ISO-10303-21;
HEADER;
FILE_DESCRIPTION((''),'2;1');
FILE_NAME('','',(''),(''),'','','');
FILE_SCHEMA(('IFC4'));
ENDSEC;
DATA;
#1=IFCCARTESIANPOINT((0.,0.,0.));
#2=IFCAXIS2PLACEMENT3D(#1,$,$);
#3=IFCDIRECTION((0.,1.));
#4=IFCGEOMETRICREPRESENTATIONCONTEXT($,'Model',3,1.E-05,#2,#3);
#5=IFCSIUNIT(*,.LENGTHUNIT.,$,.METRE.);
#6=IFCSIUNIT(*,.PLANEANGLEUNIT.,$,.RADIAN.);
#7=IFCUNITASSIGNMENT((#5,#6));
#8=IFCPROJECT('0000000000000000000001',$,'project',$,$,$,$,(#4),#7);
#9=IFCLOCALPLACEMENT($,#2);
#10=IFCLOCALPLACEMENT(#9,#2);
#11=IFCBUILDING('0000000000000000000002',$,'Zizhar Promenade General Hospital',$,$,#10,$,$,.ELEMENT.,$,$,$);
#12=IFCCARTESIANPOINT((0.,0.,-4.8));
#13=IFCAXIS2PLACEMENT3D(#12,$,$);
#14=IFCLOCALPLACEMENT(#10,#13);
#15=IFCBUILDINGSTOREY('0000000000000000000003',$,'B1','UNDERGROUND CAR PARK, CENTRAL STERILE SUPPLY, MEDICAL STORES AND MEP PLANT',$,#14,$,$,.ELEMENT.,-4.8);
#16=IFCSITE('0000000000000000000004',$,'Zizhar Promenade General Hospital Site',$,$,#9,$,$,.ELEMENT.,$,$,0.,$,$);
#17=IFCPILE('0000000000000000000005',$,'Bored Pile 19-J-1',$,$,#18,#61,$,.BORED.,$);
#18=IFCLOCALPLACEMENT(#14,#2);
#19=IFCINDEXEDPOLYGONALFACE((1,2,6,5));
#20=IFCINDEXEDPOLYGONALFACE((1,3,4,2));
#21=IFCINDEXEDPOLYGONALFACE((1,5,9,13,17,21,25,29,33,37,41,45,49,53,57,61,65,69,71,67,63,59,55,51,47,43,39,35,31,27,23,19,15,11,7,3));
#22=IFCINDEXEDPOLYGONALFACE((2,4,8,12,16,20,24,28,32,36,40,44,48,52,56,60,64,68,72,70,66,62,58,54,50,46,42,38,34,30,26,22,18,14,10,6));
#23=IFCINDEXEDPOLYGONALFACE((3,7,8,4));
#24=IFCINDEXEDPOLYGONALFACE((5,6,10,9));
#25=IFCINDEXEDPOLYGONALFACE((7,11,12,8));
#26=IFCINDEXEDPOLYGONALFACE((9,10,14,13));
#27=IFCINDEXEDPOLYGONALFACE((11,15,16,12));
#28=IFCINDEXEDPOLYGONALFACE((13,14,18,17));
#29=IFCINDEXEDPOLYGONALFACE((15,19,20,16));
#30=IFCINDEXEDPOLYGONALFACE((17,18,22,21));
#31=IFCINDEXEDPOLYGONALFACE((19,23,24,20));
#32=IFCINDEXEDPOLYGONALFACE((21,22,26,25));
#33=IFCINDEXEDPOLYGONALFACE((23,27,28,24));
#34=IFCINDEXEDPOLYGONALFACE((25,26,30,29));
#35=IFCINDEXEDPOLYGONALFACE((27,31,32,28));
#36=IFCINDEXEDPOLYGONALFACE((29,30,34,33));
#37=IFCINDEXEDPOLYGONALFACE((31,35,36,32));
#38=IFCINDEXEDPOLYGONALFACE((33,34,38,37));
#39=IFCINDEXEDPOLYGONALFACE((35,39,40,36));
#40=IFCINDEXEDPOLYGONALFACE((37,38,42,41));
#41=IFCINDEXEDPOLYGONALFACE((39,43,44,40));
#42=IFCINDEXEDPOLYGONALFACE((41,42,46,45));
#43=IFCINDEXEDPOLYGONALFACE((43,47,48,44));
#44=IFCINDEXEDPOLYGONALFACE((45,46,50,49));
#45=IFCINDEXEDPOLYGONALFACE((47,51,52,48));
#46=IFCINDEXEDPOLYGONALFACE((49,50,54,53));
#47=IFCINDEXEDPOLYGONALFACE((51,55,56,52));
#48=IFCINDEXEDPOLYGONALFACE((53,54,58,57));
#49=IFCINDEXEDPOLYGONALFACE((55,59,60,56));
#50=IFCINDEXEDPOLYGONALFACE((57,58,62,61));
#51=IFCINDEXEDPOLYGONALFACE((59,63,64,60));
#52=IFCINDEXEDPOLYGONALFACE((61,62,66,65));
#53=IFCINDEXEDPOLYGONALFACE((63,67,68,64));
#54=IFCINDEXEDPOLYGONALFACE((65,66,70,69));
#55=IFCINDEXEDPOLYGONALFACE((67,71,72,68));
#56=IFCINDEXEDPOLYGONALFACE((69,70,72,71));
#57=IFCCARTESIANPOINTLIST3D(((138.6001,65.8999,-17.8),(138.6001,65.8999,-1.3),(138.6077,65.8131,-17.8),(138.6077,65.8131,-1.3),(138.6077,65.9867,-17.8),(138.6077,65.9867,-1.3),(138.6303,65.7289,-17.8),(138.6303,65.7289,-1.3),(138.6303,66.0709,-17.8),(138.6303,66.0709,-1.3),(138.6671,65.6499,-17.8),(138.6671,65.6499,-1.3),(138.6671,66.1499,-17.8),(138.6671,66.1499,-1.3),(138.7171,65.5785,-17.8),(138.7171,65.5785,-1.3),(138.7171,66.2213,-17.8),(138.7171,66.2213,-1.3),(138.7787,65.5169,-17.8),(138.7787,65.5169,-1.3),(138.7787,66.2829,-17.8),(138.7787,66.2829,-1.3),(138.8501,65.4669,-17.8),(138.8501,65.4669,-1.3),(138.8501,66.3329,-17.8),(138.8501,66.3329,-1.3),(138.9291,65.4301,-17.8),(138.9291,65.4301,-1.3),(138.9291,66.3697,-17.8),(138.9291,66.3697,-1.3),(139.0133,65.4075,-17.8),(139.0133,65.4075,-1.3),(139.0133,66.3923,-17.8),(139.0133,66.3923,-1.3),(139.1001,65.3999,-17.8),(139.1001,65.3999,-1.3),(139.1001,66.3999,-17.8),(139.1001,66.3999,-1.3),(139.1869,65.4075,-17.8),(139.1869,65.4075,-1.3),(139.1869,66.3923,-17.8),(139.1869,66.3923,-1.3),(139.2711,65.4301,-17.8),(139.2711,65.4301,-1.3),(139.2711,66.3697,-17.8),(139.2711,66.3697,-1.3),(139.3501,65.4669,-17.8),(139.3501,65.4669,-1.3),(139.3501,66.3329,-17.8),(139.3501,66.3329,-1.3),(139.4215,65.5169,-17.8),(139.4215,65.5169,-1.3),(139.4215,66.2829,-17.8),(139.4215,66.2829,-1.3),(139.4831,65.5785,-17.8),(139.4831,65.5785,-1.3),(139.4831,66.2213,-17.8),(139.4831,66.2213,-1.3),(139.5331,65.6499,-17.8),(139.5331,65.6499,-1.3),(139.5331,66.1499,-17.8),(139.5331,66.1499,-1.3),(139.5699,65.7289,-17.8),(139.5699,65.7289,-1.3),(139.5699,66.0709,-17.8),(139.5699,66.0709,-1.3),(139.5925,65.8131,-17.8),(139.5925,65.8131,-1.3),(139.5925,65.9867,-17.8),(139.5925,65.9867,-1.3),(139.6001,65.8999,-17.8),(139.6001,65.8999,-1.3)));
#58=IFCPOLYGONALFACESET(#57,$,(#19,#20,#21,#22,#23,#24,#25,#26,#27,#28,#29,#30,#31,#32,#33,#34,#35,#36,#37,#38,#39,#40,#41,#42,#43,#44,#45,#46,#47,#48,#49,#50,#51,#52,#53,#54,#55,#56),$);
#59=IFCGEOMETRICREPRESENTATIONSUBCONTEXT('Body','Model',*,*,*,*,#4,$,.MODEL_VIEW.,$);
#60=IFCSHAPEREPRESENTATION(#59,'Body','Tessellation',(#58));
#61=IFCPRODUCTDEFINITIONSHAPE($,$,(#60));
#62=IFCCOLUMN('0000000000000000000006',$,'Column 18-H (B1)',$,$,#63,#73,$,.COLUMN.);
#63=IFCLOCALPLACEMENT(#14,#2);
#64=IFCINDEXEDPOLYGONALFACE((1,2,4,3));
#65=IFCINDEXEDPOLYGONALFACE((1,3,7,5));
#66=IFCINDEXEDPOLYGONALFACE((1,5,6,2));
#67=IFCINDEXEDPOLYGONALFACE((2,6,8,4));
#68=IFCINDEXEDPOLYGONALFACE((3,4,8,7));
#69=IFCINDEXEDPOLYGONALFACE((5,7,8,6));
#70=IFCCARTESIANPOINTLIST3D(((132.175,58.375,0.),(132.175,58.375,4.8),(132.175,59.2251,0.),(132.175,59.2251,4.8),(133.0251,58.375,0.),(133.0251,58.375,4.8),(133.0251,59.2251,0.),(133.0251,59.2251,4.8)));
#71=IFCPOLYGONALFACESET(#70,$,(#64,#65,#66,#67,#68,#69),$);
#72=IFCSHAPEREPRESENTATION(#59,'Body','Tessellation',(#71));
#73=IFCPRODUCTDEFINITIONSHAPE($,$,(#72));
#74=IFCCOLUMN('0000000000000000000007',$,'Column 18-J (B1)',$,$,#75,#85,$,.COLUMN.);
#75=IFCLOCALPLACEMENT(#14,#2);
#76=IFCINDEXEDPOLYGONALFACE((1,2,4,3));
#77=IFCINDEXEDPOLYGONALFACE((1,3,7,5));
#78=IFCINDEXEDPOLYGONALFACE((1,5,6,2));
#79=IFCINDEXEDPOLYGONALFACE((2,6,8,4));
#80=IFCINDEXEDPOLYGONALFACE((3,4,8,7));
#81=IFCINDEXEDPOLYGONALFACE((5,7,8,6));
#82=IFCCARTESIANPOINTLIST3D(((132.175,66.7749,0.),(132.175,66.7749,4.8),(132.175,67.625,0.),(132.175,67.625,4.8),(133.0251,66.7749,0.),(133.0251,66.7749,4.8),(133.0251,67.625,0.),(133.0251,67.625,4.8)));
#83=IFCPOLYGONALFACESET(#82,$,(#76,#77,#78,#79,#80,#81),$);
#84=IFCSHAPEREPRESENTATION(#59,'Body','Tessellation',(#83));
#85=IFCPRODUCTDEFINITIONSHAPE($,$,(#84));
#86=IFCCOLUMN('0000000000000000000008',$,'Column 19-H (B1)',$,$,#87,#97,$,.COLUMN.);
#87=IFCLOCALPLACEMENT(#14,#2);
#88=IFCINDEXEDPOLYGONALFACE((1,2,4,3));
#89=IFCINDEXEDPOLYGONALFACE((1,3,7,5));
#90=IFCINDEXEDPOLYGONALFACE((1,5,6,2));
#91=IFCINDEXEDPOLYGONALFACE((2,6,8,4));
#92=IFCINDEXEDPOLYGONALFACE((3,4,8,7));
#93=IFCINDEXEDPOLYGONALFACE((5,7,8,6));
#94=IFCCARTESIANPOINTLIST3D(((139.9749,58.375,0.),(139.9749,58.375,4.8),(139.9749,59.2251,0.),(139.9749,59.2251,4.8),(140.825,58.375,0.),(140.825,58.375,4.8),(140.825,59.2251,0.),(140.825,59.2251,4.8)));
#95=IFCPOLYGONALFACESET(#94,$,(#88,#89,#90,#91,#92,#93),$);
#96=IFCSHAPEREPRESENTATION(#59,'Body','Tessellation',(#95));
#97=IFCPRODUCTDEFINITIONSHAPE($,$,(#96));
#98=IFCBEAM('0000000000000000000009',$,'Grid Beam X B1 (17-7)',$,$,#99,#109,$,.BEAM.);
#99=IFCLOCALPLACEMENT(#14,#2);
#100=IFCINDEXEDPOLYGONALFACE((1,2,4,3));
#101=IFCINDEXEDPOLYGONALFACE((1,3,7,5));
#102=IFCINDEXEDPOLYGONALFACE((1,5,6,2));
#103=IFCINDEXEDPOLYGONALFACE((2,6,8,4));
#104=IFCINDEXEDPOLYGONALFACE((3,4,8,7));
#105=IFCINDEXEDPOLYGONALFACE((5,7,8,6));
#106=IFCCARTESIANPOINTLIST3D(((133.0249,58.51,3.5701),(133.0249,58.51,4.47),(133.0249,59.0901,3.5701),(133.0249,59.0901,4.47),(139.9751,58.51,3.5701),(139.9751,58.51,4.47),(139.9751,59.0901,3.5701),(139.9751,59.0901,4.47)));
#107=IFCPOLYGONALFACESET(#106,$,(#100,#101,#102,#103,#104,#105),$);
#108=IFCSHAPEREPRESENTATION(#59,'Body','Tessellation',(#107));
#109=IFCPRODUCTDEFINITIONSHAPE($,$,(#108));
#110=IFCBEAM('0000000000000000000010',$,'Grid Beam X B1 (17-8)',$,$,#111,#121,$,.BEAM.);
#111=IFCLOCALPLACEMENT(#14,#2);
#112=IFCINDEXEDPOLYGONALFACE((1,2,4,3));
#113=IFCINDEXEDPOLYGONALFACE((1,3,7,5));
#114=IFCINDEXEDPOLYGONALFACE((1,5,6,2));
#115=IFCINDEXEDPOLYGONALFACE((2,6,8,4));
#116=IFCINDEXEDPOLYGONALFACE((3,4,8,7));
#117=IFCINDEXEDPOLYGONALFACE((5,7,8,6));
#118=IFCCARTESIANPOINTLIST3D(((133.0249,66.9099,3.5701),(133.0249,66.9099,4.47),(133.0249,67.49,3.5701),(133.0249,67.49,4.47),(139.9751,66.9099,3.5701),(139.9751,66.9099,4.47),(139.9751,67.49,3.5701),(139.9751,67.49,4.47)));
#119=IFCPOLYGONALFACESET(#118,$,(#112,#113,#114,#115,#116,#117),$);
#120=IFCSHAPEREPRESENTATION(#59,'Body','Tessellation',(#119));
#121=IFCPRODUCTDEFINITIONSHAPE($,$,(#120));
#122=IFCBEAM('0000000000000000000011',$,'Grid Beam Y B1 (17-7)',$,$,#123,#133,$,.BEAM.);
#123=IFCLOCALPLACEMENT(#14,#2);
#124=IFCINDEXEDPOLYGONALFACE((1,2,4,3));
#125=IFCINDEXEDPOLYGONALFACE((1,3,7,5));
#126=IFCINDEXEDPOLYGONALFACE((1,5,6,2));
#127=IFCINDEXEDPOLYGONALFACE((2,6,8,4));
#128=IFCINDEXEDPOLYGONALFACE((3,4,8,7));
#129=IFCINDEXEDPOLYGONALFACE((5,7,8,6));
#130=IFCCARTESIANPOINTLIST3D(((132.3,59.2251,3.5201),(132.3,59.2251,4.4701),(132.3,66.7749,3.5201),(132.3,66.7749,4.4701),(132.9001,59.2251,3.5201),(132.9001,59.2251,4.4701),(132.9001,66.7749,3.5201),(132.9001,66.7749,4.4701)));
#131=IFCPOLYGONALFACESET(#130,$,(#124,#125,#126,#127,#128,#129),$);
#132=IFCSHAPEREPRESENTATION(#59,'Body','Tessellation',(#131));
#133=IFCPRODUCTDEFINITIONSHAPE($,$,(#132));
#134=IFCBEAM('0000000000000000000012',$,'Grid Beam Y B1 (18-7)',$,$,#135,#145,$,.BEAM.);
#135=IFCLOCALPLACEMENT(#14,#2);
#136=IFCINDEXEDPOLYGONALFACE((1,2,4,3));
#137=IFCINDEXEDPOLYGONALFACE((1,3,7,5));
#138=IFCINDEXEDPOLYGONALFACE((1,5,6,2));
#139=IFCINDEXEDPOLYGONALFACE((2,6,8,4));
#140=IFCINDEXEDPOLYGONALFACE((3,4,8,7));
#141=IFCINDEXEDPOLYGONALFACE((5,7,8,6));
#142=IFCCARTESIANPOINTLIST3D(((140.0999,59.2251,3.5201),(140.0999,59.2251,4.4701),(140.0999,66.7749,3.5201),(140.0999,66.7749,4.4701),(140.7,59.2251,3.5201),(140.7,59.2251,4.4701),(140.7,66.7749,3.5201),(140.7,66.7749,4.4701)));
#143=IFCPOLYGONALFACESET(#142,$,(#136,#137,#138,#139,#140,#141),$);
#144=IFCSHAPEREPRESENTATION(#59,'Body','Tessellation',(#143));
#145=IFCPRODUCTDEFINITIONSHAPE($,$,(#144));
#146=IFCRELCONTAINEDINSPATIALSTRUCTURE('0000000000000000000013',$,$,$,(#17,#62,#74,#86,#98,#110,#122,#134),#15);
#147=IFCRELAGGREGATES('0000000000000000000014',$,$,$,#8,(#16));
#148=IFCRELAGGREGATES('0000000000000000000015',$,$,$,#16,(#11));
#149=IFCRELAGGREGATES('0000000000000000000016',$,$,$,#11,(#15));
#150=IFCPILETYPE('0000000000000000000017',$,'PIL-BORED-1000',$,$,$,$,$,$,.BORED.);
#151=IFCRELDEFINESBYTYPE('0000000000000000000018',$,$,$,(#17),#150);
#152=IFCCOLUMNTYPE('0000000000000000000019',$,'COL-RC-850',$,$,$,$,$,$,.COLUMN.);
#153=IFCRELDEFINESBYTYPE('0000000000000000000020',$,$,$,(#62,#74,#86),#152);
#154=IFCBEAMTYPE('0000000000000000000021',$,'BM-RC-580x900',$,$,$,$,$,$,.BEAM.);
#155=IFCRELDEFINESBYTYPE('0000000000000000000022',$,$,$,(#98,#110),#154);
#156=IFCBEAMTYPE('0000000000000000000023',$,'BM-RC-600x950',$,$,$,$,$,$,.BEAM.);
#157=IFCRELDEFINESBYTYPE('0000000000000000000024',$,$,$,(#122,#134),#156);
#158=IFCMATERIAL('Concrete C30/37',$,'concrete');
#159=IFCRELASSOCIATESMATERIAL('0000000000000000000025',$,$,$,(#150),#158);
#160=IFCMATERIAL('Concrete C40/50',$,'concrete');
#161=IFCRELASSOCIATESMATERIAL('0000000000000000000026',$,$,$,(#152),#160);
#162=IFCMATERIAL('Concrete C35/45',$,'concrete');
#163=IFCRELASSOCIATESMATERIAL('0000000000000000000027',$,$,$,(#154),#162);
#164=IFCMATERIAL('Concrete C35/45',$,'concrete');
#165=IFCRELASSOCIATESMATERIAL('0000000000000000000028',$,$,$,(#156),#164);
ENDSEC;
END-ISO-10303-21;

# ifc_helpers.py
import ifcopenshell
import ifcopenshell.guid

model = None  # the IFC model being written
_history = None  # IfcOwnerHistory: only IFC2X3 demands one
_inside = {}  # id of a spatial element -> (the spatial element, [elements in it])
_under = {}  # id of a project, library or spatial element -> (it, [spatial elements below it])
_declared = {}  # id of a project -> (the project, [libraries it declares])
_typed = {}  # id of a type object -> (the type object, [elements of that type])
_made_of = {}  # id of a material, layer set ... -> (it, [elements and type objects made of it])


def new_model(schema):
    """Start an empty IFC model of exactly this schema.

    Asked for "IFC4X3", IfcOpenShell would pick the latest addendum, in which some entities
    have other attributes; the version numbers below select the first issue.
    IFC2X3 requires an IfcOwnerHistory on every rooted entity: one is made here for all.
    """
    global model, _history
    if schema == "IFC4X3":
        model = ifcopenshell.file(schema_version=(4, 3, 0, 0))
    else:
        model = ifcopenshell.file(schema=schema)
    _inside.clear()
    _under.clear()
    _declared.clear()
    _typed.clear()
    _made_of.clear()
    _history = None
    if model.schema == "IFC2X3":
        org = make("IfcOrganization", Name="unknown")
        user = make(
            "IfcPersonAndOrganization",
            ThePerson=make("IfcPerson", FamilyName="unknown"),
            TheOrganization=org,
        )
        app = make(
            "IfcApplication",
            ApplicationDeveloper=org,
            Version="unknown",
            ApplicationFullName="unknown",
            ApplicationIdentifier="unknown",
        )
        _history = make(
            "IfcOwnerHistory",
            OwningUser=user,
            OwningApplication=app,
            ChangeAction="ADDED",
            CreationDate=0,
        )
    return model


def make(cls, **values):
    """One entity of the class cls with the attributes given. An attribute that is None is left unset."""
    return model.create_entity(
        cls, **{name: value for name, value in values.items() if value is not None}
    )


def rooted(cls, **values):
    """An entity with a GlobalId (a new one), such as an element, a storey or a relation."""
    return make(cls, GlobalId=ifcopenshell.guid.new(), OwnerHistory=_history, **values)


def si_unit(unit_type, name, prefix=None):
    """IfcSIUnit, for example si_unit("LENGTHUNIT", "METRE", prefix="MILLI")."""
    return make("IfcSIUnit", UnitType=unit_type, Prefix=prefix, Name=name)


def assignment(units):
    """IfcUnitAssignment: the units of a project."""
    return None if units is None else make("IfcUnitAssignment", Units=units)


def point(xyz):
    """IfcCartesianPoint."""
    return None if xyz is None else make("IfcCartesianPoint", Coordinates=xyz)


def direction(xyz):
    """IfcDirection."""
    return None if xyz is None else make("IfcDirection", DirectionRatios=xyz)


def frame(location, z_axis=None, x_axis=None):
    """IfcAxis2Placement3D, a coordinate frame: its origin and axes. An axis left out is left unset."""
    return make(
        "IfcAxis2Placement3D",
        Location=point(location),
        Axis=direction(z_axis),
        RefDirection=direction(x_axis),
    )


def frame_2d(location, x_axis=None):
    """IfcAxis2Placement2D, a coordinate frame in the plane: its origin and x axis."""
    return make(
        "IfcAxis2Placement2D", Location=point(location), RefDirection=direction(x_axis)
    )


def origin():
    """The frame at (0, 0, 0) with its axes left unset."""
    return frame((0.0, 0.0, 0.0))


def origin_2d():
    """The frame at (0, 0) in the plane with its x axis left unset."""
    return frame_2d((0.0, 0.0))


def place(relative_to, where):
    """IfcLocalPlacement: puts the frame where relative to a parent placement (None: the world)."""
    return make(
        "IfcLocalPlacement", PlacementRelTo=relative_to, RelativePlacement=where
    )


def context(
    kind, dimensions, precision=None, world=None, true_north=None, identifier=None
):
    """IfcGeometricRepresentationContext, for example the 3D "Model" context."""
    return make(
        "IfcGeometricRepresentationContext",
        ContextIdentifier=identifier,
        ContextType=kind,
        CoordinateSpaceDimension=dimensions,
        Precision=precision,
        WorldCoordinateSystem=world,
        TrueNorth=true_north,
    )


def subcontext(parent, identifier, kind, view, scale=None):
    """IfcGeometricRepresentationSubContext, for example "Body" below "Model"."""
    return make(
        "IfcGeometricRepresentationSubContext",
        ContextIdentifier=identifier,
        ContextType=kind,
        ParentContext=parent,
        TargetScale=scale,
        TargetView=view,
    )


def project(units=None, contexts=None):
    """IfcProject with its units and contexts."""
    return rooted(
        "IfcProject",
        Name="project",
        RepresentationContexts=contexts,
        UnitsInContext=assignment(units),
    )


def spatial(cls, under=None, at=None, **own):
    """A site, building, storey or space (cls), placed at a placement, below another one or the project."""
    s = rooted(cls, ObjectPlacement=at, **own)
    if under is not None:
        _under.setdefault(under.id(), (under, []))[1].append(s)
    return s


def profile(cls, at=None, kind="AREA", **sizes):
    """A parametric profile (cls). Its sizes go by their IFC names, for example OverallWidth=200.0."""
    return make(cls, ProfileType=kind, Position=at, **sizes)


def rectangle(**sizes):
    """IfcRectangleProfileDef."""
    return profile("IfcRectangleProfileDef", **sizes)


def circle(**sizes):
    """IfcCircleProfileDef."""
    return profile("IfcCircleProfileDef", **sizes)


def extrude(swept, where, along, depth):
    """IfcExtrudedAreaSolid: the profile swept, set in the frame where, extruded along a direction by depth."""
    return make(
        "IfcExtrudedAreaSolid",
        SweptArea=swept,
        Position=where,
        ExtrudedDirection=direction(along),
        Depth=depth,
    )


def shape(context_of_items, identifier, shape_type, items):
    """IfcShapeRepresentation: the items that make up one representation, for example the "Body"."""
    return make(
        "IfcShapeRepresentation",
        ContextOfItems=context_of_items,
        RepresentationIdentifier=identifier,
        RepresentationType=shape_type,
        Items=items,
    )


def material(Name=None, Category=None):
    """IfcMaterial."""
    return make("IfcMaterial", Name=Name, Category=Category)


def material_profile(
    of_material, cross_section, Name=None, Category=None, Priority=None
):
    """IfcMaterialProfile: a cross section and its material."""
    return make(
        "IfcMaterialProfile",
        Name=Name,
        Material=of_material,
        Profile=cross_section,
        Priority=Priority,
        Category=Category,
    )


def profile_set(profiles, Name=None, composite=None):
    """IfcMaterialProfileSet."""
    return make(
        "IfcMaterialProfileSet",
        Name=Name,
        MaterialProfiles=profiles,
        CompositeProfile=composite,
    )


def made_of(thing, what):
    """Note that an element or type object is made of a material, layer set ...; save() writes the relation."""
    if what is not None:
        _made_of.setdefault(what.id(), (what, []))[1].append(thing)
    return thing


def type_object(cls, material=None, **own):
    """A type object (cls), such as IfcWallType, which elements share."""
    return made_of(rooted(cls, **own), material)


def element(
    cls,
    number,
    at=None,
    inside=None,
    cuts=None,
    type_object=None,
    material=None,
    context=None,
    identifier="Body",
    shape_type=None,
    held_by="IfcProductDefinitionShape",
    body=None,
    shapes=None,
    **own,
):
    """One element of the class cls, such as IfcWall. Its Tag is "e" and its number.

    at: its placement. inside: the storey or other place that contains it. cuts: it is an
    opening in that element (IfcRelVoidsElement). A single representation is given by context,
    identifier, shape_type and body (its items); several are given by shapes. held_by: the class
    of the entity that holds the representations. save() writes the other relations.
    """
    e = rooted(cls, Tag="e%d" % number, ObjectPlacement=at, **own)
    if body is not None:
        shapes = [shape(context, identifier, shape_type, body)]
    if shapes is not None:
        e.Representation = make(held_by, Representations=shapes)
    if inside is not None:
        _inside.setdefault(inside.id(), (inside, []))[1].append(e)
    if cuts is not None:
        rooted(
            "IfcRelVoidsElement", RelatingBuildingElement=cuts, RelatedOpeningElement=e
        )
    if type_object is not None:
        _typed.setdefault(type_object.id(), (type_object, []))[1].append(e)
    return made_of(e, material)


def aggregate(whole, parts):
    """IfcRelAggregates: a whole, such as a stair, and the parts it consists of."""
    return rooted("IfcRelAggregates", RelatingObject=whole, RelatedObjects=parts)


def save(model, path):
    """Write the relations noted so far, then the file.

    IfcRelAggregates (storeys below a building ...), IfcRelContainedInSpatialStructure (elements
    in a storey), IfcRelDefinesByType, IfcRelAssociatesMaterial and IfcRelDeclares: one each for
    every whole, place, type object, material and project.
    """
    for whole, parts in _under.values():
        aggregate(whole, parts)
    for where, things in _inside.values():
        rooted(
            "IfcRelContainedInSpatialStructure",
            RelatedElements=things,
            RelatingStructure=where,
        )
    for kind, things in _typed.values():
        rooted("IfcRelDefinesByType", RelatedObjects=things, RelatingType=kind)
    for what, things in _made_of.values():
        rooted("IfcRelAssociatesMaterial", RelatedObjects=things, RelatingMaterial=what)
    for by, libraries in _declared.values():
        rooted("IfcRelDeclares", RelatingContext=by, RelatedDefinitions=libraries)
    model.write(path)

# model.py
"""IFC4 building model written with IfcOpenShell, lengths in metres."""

from ifc_helpers import new_model, si_unit, direction, frame, origin, origin_2d, place, context, subcontext, project, spatial, rectangle, circle, extrude, material, material_profile, profile_set, type_object, element, save


model = new_model("IFC4")

# Units and contexts
model_context = context("Model", 3, precision=1e-05, world=origin(), true_north=direction((0.0, 1.0)))
body_context = subcontext(model_context, "Body", "Model", "MODEL_VIEW")
ifc_project = project(units=[si_unit("LENGTHUNIT", "METRE"), si_unit("PLANEANGLEUNIT", "RADIAN")], contexts=[model_context])

# Site, building, storey
site_placement = place(None, origin())
site = spatial("IfcSite", under=ifc_project, at=site_placement, Name="Zizhar Promenade General Hospital Site", CompositionType="ELEMENT", RefElevation=0.0)
building_placement = place(site_placement, origin())
building = spatial("IfcBuilding", under=site, at=building_placement, Name="Zizhar Promenade General Hospital", CompositionType="ELEMENT")
storey_placement = place(building_placement, frame((0.0, 0.0, -4.8)))
storey = spatial("IfcBuildingStorey", under=building, at=storey_placement, Name="B1", Description="UNDERGROUND CAR PARK, CENTRAL STERILE SUPPLY, MEDICAL STORES AND MEP PLANT", CompositionType="ELEMENT", Elevation=-4.8)

# Pile
ifc_material_1 = material(Name="Concrete C30/37", Category="concrete")
ifc_material_profile_1 = material_profile(ifc_material_1, circle(Radius=0.5, at=origin_2d()))
ifc_profile_set_1 = profile_set([ifc_material_profile_1], Name="Concrete C30/37")
pile_type = type_object("IfcPileType", Name="PIL-BORED-1000", PredefinedType="BORED", material=ifc_profile_set_1)
for number, where, z_axis, x_axis, name in (
    (1, (139.1001, 65.8999, -1.3), (0.0, 0.0, -1.0), (1.0, 0.0, 0.0), "Bored Pile 19-J-1"),
):
    element("IfcPile", number, at=place(storey_placement, frame(where, z_axis=z_axis, x_axis=x_axis)), inside=storey, type_object=pile_type, Name=name, PredefinedType="BORED", context=body_context, shape_type="SweptSolid", body=[
        extrude(circle(Radius=0.5, at=origin_2d()), origin(), (0.0, 0.0, 1.0), 16.5),
    ])

# Columns
ifc_material_2 = material(Name="Concrete C40/50", Category="concrete")
ifc_material_profile_2 = material_profile(ifc_material_2, rectangle(XDim=0.8501, YDim=0.8501, at=origin_2d()))
ifc_profile_set_2 = profile_set([ifc_material_profile_2], Name="Concrete C40/50")
column_type = type_object("IfcColumnType", Name="COL-RC-850", PredefinedType="COLUMN", material=ifc_profile_set_2)
for number, where, z_axis, x_axis, name in (
    (2, (132.6001, 58.8, 0.0), (0.0, 0.0, 1.0), (1.0, 0.0, 0.0), "Column 18-H (B1)"),
    (3, (132.6001, 67.2, 0.0), (0.0, 0.0, 1.0), (1.0, 0.0, 0.0), "Column 18-J (B1)"),
    (4, (140.3999, 58.8, 0.0), (0.0, 0.0, 1.0), (1.0, 0.0, 0.0), "Column 19-H (B1)"),
):
    element("IfcColumn", number, at=place(storey_placement, frame(where, z_axis=z_axis, x_axis=x_axis)), inside=storey, type_object=column_type, Name=name, PredefinedType="COLUMN", context=body_context, shape_type="SweptSolid", body=[
        extrude(rectangle(XDim=0.8501, YDim=0.8501, at=origin_2d()), origin(), (0.0, 0.0, 1.0), 4.8),
    ])

# Beams
ifc_material_3 = material(Name="Concrete C35/45", Category="concrete")
ifc_material_profile_3 = material_profile(ifc_material_3, rectangle(XDim=0.5801, YDim=0.8999, at=origin_2d()))
ifc_profile_set_3 = profile_set([ifc_material_profile_3], Name="Concrete C35/45")
beam_type_1 = type_object("IfcBeamType", Name="BM-RC-580x900", PredefinedType="BEAM", material=ifc_profile_set_3)
for number, where, z_axis, x_axis, name in (
    (5, (133.0249, 58.8, 4.02), (1.0, 0.0, 0.0), (0.0, 1.0, 0.0), "Grid Beam X B1 (17-7)"),
    (6, (133.0249, 67.2, 4.02), (1.0, 0.0, 0.0), (0.0, 1.0, 0.0), "Grid Beam X B1 (17-8)"),
):
    element("IfcBeam", number, at=place(storey_placement, frame(where, z_axis=z_axis, x_axis=x_axis)), inside=storey, type_object=beam_type_1, Name=name, PredefinedType="BEAM", context=body_context, shape_type="SweptSolid", body=[
        extrude(rectangle(XDim=0.5801, YDim=0.8999, at=origin_2d()), origin(), (0.0, 0.0, 1.0), 6.9502),
    ])
ifc_material_4 = material(Name="Concrete C35/45", Category="concrete")
ifc_material_profile_4 = material_profile(ifc_material_4, rectangle(XDim=0.6001, YDim=0.95, at=origin_2d()))
ifc_profile_set_4 = profile_set([ifc_material_profile_4], Name="Concrete C35/45")
beam_type_2 = type_object("IfcBeamType", Name="BM-RC-600x950", PredefinedType="BEAM", material=ifc_profile_set_4)
for number, where, z_axis, x_axis, name in (
    (7, (132.6001, 59.2251, 3.9951), (0.0, 1.0, 0.0), (-1.0, 0.0, 0.0), "Grid Beam Y B1 (17-7)"),
    (8, (140.3999, 59.2251, 3.9951), (0.0, 1.0, 0.0), (-1.0, 0.0, 0.0), "Grid Beam Y B1 (18-7)"),
):
    element("IfcBeam", number, at=place(storey_placement, frame(where, z_axis=z_axis, x_axis=x_axis)), inside=storey, type_object=beam_type_2, Name=name, PredefinedType="BEAM", context=body_context, shape_type="SweptSolid", body=[
        extrude(rectangle(XDim=0.6001, YDim=0.95, at=origin_2d()), origin(), (0.0, 0.0, 1.0), 7.5498),
    ])

save(model, "model.ifc")
